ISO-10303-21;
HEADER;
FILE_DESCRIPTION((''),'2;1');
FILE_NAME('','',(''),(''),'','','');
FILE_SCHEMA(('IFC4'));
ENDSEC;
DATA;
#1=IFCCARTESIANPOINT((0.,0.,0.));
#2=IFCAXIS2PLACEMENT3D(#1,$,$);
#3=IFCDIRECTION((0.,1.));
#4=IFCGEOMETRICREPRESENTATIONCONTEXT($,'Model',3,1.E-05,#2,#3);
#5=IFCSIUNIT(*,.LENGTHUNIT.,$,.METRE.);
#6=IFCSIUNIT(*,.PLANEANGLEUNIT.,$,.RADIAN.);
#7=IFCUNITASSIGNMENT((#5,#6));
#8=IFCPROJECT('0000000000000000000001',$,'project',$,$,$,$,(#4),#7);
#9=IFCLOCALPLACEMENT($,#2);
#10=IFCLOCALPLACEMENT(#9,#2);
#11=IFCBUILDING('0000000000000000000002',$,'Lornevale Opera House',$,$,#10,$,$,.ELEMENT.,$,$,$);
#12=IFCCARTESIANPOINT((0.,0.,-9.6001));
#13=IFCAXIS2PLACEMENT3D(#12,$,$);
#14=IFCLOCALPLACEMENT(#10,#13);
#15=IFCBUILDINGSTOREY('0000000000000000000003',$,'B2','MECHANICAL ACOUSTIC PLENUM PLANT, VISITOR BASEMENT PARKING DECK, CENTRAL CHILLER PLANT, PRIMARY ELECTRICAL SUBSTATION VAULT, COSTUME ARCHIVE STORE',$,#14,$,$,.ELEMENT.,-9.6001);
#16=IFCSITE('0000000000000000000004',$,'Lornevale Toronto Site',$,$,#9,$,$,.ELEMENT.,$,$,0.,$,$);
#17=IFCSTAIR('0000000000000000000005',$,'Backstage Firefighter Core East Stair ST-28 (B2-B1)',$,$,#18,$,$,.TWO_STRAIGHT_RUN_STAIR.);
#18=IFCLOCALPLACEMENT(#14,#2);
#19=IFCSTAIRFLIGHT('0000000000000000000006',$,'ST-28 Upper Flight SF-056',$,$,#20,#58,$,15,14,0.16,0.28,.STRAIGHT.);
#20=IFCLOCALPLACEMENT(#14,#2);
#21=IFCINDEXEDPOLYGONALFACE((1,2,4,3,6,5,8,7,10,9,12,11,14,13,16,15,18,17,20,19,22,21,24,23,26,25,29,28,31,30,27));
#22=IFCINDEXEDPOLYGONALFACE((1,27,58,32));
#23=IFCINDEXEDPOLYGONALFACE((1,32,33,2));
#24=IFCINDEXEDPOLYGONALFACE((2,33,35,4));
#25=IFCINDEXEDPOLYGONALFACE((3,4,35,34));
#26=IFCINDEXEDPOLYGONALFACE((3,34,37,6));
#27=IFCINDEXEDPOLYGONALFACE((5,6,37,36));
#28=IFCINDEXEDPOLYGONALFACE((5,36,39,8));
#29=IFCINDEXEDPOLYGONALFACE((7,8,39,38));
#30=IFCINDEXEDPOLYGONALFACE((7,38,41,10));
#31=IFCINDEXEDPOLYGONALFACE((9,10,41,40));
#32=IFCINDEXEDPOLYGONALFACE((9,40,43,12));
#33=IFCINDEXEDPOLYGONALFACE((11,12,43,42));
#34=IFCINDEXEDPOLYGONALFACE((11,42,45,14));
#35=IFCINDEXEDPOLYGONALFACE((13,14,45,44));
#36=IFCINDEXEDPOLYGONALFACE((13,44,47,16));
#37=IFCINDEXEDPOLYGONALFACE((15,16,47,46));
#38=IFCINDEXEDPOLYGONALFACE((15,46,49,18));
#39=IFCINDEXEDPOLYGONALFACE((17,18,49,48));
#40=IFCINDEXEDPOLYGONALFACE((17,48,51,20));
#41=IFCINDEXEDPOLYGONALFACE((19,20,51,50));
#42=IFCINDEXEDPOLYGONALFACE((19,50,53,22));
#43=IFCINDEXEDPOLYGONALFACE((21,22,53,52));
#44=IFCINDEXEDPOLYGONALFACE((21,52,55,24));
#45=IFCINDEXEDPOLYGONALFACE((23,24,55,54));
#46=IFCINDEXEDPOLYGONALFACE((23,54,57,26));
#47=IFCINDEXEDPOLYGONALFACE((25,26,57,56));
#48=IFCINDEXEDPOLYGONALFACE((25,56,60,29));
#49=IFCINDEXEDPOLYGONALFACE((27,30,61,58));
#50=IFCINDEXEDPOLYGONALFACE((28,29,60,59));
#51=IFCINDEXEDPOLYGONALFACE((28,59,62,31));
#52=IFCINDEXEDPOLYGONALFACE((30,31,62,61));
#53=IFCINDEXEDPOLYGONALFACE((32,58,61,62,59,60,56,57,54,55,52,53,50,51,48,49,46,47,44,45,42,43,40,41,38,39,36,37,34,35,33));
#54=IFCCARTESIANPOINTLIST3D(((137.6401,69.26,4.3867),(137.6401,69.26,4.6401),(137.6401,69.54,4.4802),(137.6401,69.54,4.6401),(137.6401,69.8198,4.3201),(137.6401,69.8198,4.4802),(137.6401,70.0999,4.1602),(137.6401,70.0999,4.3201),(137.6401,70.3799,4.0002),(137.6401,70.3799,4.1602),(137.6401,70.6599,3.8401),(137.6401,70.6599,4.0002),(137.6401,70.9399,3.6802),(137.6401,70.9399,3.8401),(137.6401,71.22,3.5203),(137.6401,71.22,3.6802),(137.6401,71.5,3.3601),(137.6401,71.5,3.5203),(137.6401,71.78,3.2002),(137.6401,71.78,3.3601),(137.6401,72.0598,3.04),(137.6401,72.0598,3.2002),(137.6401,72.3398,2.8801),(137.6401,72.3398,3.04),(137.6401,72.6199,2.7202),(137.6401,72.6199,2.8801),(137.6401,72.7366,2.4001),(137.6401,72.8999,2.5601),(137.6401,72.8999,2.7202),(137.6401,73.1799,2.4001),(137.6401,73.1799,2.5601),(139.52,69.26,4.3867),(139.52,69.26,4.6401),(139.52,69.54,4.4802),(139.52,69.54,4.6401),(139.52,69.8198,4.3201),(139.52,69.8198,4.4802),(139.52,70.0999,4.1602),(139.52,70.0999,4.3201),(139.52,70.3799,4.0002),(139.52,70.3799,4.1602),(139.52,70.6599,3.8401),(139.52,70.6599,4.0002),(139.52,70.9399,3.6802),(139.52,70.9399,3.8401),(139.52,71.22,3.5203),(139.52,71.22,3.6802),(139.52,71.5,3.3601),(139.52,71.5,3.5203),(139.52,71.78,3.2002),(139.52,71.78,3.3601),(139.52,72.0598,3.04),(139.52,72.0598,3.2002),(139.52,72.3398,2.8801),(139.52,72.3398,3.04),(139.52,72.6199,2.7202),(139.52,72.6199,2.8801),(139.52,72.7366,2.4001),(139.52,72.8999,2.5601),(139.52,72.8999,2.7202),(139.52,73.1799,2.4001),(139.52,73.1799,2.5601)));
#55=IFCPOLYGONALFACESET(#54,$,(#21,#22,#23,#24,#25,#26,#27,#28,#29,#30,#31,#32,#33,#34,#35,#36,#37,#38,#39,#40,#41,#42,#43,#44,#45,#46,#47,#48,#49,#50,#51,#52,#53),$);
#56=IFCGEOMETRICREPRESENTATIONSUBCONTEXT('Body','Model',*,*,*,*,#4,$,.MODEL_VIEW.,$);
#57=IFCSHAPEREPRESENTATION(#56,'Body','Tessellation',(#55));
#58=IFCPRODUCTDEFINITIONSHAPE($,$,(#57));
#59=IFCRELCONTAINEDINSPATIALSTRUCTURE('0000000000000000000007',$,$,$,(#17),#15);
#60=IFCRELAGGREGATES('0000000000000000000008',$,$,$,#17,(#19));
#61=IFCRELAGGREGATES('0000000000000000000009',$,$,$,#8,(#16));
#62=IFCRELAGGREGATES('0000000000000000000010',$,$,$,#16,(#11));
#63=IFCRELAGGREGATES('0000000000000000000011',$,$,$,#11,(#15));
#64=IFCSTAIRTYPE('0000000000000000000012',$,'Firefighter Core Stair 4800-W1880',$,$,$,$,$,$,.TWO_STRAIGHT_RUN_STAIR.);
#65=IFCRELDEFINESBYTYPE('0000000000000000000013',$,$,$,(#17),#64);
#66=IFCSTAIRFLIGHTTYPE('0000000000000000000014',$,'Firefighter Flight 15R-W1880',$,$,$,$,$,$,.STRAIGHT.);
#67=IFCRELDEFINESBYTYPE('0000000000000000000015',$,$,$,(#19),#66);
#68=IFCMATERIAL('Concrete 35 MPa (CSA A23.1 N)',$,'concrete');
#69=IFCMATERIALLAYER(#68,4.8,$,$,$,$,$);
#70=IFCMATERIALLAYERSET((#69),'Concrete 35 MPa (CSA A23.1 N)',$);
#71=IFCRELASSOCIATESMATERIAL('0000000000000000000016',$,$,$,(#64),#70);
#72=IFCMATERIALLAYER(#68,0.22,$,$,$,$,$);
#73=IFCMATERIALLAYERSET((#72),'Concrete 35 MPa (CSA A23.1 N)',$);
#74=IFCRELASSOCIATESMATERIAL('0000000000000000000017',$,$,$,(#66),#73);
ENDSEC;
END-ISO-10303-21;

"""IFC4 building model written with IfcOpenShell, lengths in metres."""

from ifc_helpers import new_model, si_unit, direction, frame, origin, place, context, subcontext, project, spatial, polyline, outline, extrude, material, layer, layer_set, type_object, element, aggregate, save


model = new_model("IFC4")

# Units and contexts
model_context = context("Model", 3, precision=1e-05, world=origin(), true_north=direction((0.0, 1.0)))
body_context = subcontext(model_context, "Body", "Model", "MODEL_VIEW")
ifc_project = project(units=[si_unit("LENGTHUNIT", "METRE"), si_unit("PLANEANGLEUNIT", "RADIAN")], contexts=[model_context])

# Site, building, storey
site_placement = place(None, origin())
site = spatial("IfcSite", under=ifc_project, at=site_placement, Name="Lornevale Toronto Site", CompositionType="ELEMENT", RefElevation=0.0)
building_placement = place(site_placement, origin())
building = spatial("IfcBuilding", under=site, at=building_placement, Name="Lornevale Opera House", CompositionType="ELEMENT")
storey_placement = place(building_placement, frame((0.0, 0.0, -9.6001)))
storey = spatial("IfcBuildingStorey", under=building, at=storey_placement, Name="B2", Description="MECHANICAL ACOUSTIC PLENUM PLANT, VISITOR BASEMENT PARKING DECK, CENTRAL CHILLER PLANT, PRIMARY ELECTRICAL SUBSTATION VAULT, COSTUME ARCHIVE STORE", CompositionType="ELEMENT", Elevation=-9.6001)

# Shared definitions
ifc_material_1 = material(Name="Concrete 35 MPa (CSA A23.1 N)", Category="concrete")

# Stair, stair flight
ifc_layer_1 = layer(ifc_material_1, 4.8)
ifc_layer_set_1 = layer_set([ifc_layer_1], Name="Concrete 35 MPa (CSA A23.1 N)")
stair_type = type_object("IfcStairType", Name="Firefighter Core Stair 4800-W1880", PredefinedType="TWO_STRAIGHT_RUN_STAIR", material=ifc_layer_set_1)
stair_placement = place(storey_placement, origin())
stair = element("IfcStair", 1, at=stair_placement, inside=storey, type_object=stair_type, Name="Backstage Firefighter Core East Stair ST-28 (B2-B1)", PredefinedType="TWO_STRAIGHT_RUN_STAIR")
ifc_layer_2 = layer(ifc_material_1, 0.22)
ifc_layer_set_2 = layer_set([ifc_layer_2], Name="Concrete 35 MPa (CSA A23.1 N)")
stair_flight_type = type_object("IfcStairFlightType", Name="Firefighter Flight 15R-W1880", PredefinedType="STRAIGHT", material=ifc_layer_set_2)
stair_flight_placement = place(storey_placement, frame((138.5801, 73.1799, 2.4001), z_axis=(0.0, 0.0, 1.0), x_axis=(0.0, -1.0, 0.0)))
stair_flight = element("IfcStairFlight", 2, at=stair_flight_placement, type_object=stair_flight_type, Name="ST-28 Upper Flight SF-056", NumberOfRisers=15, NumberOfTreads=14, PredefinedType="STRAIGHT", RiserHeight=0.16, TreadLength=0.28, context=body_context, shape_type="SweptSolid", body=[
    extrude(outline(polyline([(0.0, 0.0), (0.0, 0.1599), (0.28, 0.1599), (0.28, 0.3201), (0.5601, 0.3201), (0.5601, 0.48), (0.8401, 0.48), (0.8401, 0.6399), (1.1201, 0.6399), (1.1201, 0.8), (1.3999, 0.8), (1.3999, 0.96), (1.6799, 0.96), (1.6799, 1.1201), (1.96, 1.1201), (1.96, 1.28), (2.24, 1.28), (2.24, 1.4399), (2.52, 1.4399), (2.52, 1.6001), (2.8, 1.6001), (2.8, 1.76), (3.0801, 1.76), (3.0801, 1.9199), (3.3601, 1.9199), (3.3601, 2.0801), (3.6399, 2.0801), (3.6399, 2.24), (3.9199, 2.24), (3.9199, 1.9866), (0.4434, 0.0), (0.0, 0.0)])), frame((0.0, 0.9399, 0.0), z_axis=(0.0, -1.0, 0.0), x_axis=(1.0, 0.0, 0.0)), (0.0, 0.0, 1.0), 1.8799),
])
aggregate(stair, [stair_flight])

save(model, "model.ifc")
